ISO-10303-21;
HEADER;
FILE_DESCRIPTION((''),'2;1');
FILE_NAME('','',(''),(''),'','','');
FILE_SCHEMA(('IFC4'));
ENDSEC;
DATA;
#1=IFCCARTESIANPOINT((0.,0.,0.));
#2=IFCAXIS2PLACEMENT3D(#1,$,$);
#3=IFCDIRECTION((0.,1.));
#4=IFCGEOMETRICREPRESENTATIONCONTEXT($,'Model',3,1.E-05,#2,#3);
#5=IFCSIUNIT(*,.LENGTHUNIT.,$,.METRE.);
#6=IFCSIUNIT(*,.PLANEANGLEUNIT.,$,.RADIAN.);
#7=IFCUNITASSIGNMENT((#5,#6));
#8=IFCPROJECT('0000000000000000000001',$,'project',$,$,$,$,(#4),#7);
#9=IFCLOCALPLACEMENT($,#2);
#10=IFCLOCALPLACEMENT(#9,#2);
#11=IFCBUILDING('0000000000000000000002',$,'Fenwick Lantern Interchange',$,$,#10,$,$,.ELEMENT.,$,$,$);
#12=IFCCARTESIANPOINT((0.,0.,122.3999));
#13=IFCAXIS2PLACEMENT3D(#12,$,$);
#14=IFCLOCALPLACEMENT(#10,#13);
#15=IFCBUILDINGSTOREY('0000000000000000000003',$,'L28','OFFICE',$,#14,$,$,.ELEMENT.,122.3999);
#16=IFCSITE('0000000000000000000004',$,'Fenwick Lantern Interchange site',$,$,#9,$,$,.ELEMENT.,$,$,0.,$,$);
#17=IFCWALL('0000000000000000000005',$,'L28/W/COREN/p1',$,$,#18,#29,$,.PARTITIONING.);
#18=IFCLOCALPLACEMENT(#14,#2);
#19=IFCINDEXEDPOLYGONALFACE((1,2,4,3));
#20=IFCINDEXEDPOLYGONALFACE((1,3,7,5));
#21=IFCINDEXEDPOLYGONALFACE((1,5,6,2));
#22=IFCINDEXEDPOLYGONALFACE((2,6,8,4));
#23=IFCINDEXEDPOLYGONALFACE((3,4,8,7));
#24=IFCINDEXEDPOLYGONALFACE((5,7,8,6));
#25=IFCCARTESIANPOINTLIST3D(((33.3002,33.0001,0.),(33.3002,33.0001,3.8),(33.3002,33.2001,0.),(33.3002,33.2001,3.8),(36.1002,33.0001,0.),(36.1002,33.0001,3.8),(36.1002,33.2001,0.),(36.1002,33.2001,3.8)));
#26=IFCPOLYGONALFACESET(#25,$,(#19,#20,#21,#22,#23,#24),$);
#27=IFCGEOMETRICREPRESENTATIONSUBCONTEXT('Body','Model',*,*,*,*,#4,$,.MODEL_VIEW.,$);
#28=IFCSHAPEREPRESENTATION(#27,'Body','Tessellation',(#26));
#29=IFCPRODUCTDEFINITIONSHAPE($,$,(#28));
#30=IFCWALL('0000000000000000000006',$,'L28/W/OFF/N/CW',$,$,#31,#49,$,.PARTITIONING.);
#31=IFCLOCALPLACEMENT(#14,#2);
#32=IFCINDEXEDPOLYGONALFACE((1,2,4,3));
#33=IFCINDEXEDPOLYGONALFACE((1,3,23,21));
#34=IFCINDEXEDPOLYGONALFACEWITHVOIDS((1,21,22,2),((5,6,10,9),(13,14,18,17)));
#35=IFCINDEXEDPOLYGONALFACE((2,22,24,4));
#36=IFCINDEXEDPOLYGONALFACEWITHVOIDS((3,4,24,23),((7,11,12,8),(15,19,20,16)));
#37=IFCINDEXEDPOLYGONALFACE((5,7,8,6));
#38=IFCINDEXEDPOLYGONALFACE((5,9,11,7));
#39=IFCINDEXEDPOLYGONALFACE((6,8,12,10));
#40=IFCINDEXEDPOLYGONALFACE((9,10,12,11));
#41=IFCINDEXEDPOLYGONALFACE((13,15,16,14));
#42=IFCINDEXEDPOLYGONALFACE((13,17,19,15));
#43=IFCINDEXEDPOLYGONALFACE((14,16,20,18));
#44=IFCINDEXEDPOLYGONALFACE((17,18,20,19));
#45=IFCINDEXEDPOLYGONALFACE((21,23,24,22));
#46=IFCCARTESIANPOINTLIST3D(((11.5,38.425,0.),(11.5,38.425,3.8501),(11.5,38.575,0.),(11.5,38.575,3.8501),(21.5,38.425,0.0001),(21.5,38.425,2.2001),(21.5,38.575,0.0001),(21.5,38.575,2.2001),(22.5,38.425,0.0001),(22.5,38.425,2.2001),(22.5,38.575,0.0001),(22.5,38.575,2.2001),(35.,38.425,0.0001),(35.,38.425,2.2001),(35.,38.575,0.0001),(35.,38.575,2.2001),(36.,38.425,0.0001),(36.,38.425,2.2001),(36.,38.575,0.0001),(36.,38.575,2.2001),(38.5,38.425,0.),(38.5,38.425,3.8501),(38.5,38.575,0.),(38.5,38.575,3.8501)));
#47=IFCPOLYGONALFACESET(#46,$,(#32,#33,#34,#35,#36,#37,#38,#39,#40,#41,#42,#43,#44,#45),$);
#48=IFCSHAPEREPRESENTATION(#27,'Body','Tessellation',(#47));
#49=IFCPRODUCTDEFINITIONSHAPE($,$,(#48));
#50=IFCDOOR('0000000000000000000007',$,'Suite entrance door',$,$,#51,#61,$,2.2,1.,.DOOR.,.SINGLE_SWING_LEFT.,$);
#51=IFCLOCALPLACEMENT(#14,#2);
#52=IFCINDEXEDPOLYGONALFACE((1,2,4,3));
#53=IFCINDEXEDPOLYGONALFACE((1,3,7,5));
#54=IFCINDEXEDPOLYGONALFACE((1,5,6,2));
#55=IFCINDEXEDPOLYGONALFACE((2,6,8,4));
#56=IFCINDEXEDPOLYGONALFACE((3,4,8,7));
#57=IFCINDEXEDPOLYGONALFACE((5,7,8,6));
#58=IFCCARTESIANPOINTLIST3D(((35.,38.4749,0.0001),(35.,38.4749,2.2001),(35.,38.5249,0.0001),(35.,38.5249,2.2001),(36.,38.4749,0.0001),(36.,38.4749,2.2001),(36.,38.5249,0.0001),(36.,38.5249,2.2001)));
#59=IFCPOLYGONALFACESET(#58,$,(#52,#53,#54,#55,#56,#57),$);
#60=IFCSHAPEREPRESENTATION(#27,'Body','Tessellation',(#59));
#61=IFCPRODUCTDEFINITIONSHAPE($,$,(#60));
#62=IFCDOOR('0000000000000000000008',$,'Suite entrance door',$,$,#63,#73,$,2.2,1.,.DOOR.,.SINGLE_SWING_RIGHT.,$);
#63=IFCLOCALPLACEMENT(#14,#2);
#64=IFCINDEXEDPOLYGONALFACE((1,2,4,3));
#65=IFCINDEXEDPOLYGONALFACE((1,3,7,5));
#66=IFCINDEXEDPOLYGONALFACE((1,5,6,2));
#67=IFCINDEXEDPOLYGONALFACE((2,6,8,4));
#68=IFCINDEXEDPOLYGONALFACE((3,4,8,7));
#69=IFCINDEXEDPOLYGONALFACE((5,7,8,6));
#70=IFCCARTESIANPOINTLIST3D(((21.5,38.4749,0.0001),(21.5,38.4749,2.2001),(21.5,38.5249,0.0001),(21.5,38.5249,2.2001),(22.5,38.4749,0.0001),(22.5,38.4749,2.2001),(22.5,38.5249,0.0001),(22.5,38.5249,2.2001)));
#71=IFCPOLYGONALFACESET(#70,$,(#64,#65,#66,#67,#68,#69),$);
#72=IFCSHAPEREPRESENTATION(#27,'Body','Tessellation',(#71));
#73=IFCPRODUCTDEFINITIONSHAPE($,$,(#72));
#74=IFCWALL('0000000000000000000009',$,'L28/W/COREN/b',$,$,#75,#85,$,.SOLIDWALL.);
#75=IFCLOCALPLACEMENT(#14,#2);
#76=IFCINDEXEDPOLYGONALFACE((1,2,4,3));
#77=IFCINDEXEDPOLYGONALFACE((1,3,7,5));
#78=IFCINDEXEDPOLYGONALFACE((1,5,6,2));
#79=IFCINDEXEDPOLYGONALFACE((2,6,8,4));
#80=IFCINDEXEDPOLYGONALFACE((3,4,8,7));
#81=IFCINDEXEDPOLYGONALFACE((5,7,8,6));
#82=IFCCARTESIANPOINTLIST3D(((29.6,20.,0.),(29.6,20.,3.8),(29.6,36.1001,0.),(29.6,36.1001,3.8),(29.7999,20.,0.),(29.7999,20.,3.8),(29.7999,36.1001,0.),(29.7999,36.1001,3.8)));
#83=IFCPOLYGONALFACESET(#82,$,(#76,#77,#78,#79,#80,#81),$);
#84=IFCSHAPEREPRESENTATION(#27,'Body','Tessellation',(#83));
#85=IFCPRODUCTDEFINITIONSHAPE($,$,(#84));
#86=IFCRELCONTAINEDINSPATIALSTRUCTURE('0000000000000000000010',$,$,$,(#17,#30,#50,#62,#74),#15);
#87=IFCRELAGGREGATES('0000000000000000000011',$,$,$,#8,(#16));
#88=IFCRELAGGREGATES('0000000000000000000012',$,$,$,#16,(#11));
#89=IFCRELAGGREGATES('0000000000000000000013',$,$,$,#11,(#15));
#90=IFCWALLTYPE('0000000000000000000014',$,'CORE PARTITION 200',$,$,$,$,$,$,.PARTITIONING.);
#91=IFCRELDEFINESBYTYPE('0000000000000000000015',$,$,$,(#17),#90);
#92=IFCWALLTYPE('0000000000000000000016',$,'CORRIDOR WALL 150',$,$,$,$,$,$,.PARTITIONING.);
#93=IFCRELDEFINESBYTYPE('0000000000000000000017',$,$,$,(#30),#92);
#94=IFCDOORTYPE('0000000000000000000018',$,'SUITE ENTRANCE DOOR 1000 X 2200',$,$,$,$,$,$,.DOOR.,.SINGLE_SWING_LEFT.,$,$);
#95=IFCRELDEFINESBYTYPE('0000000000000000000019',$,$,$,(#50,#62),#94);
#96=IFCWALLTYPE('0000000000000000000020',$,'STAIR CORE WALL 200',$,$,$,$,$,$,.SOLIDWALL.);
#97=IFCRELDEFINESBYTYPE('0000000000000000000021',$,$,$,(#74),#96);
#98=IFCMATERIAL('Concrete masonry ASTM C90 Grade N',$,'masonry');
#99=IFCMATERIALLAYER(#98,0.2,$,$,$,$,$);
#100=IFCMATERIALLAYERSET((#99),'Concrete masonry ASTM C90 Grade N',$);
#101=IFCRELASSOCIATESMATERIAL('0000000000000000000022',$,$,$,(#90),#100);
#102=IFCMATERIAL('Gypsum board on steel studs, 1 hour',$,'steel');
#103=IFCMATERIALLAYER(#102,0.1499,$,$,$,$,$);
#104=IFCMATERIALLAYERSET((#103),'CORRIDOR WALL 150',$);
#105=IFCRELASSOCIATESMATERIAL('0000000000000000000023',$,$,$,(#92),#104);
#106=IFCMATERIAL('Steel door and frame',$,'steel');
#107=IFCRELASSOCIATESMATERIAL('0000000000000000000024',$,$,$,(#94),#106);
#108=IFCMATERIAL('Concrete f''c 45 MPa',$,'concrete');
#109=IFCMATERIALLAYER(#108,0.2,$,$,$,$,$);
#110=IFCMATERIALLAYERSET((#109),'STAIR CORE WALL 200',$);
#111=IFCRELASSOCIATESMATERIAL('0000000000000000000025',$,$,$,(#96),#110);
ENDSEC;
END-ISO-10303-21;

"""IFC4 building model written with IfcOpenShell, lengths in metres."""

from ifc_helpers import new_model, si_unit, direction, frame, frame_2d, origin, place, context, subcontext, project, spatial, rectangle, extrude, material, layer, layer_set, type_object, element, fill, save


model = new_model("IFC4")

# Units and contexts
model_context = context("Model", 3, precision=1e-05, world=origin(), true_north=direction((0.0, 1.0)))
body_context = subcontext(model_context, "Body", "Model", "MODEL_VIEW")
ifc_project = project(units=[si_unit("LENGTHUNIT", "METRE"), si_unit("PLANEANGLEUNIT", "RADIAN")], contexts=[model_context])

# Site, building, storey
site_placement = place(None, origin())
site = spatial("IfcSite", under=ifc_project, at=site_placement, Name="Fenwick Lantern Interchange site", CompositionType="ELEMENT", RefElevation=0.0)
building_placement = place(site_placement, origin())
building = spatial("IfcBuilding", under=site, at=building_placement, Name="Fenwick Lantern Interchange", CompositionType="ELEMENT")
storey_placement = place(building_placement, frame((0.0, 0.0, 122.3999)))
storey = spatial("IfcBuildingStorey", under=building, at=storey_placement, Name="L28", Description="OFFICE", CompositionType="ELEMENT", Elevation=122.3999)

# Wall
ifc_material_1 = material(Name="Concrete masonry ASTM C90 Grade N", Category="masonry")
ifc_layer_1 = layer(ifc_material_1, 0.2)
ifc_layer_set_1 = layer_set([ifc_layer_1], Name="Concrete masonry ASTM C90 Grade N")
wall_type_1 = type_object("IfcWallType", Name="CORE PARTITION 200", PredefinedType="PARTITIONING", material=ifc_layer_set_1)
for number, where, z_axis, x_axis, name in (
    (1, (36.1001, 33.1001, 0.0), (0.0, 0.0, 1.0), (-1.0, 0.0, 0.0), "L28/W/COREN/p1"),
):
    element("IfcWall", number, at=place(storey_placement, frame(where, z_axis=z_axis, x_axis=x_axis)), inside=storey, type_object=wall_type_1, Name=name, PredefinedType="PARTITIONING", context=body_context, shape_type="SweptSolid", body=[
        extrude(rectangle(XDim=2.8, YDim=0.2, at=frame_2d((1.3999, 0.0))), origin(), (0.0, 0.0, 1.0), 3.8),
    ])

# Wall, openings, doors
ifc_material_2 = material(Name="Steel door and frame", Category="steel")
ifc_material_3 = material(Name="Gypsum board on steel studs, 1 hour", Category="steel")
ifc_layer_2 = layer(ifc_material_3, 0.1499)
ifc_layer_set_2 = layer_set([ifc_layer_2], Name="CORRIDOR WALL 150")
wall_type_2 = type_object("IfcWallType", Name="CORRIDOR WALL 150", PredefinedType="PARTITIONING", material=ifc_layer_set_2)
wall_1_placement = place(storey_placement, frame((38.5, 38.5, 0.0), z_axis=(0.0, 0.0, 1.0), x_axis=(-1.0, 0.0, 0.0)))
wall_1 = element("IfcWall", 2, at=wall_1_placement, inside=storey, type_object=wall_type_2, Name="L28/W/OFF/N/CW", PredefinedType="PARTITIONING", context=body_context, shape_type="SweptSolid", body=[
    extrude(rectangle(XDim=27.0, YDim=0.1499, at=frame_2d((13.5, 0.0))), origin(), (0.0, 0.0, 1.0), 3.8501),
])
opening_1_placement = place(wall_1_placement, frame((2.5, 0.0, 0.0)))
opening_1 = element("IfcOpeningElement", 3, at=opening_1_placement, cuts=wall_1, PredefinedType="OPENING", context=body_context, shape_type="SweptSolid", body=[
    extrude(rectangle(XDim=1.0, YDim=2.2, at=frame_2d((0.5, 1.1001))), frame((0.0, 0.085, 0.0), z_axis=(0.0, -1.0, 0.0), x_axis=(1.0, 0.0, 0.0)), (0.0, 0.0, 1.0), 0.1699),
])
opening_2_placement = place(wall_1_placement, frame((16.0, 0.0, 0.0)))
opening_2 = element("IfcOpeningElement", 4, at=opening_2_placement, cuts=wall_1, PredefinedType="OPENING", context=body_context, shape_type="SweptSolid", body=[
    extrude(rectangle(XDim=1.0, YDim=2.2, at=frame_2d((0.5, 1.1001))), frame((0.0, 0.085, 0.0), z_axis=(0.0, -1.0, 0.0), x_axis=(1.0, 0.0, 0.0)), (0.0, 0.0, 1.0), 0.1699),
])
door_type_1 = type_object("IfcDoorType", Name="SUITE ENTRANCE DOOR 1000 X 2200", OperationType="SINGLE_SWING_LEFT", PredefinedType="DOOR", material=ifc_material_2)
door_1_placement = place(opening_1_placement, frame((1.0, 0.0, 0.0), z_axis=(0.0, 0.0, 1.0), x_axis=(-1.0, 0.0, 0.0)))
door_1 = element("IfcDoor", 5, at=door_1_placement, inside=storey, type_object=door_type_1, Name="Suite entrance door", OperationType="SINGLE_SWING_LEFT", OverallHeight=2.2, OverallWidth=1.0, PredefinedType="DOOR", context=body_context, shape_type="SweptSolid", body=[
    extrude(rectangle(XDim=1.0, YDim=2.2, at=frame_2d((0.5, 1.1001))), frame((0.0, 0.0249, 0.0), z_axis=(0.0, -1.0, 0.0), x_axis=(1.0, 0.0, 0.0)), (0.0, 0.0, 1.0), 0.05),
])
fill(opening_1, door_1)
door_2_placement = place(opening_2_placement, frame((1.0, 0.0, 0.0), z_axis=(0.0, 0.0, 1.0), x_axis=(-1.0, 0.0, 0.0)))
door_2 = element("IfcDoor", 6, at=door_2_placement, inside=storey, type_object=door_type_1, Name="Suite entrance door", OperationType="SINGLE_SWING_RIGHT", OverallHeight=2.2, OverallWidth=1.0, PredefinedType="DOOR", context=body_context, shape_type="SweptSolid", body=[
    extrude(rectangle(XDim=1.0, YDim=2.2, at=frame_2d((0.5, 1.1001))), frame((0.0, 0.0249, 0.0), z_axis=(0.0, -1.0, 0.0), x_axis=(1.0, 0.0, 0.0)), (0.0, 0.0, 1.0), 0.05),
])
fill(opening_2, door_2)

# Wall
ifc_material_4 = material(Name="Concrete f'c 45 MPa", Category="concrete")
ifc_layer_3 = layer(ifc_material_4, 0.2)
ifc_layer_set_3 = layer_set([ifc_layer_3], Name="STAIR CORE WALL 200")
wall_type_3 = type_object("IfcWallType", Name="STAIR CORE WALL 200", PredefinedType="SOLIDWALL", material=ifc_layer_set_3)
wall_2_placement = place(storey_placement, frame((29.7, 36.1001, 0.0), z_axis=(0.0, 0.0, 1.0), x_axis=(0.0, -1.0, 0.0)))
element("IfcWall", 7, at=wall_2_placement, inside=storey, type_object=wall_type_3, Name="L28/W/COREN/b", PredefinedType="SOLIDWALL", context=body_context, shape_type="SweptSolid", body=[
    extrude(rectangle(XDim=16.1001, YDim=0.2, at=frame_2d((8.05, 0.0))), origin(), (0.0, 0.0, 1.0), 3.8),
])

save(model, "model.ifc")
